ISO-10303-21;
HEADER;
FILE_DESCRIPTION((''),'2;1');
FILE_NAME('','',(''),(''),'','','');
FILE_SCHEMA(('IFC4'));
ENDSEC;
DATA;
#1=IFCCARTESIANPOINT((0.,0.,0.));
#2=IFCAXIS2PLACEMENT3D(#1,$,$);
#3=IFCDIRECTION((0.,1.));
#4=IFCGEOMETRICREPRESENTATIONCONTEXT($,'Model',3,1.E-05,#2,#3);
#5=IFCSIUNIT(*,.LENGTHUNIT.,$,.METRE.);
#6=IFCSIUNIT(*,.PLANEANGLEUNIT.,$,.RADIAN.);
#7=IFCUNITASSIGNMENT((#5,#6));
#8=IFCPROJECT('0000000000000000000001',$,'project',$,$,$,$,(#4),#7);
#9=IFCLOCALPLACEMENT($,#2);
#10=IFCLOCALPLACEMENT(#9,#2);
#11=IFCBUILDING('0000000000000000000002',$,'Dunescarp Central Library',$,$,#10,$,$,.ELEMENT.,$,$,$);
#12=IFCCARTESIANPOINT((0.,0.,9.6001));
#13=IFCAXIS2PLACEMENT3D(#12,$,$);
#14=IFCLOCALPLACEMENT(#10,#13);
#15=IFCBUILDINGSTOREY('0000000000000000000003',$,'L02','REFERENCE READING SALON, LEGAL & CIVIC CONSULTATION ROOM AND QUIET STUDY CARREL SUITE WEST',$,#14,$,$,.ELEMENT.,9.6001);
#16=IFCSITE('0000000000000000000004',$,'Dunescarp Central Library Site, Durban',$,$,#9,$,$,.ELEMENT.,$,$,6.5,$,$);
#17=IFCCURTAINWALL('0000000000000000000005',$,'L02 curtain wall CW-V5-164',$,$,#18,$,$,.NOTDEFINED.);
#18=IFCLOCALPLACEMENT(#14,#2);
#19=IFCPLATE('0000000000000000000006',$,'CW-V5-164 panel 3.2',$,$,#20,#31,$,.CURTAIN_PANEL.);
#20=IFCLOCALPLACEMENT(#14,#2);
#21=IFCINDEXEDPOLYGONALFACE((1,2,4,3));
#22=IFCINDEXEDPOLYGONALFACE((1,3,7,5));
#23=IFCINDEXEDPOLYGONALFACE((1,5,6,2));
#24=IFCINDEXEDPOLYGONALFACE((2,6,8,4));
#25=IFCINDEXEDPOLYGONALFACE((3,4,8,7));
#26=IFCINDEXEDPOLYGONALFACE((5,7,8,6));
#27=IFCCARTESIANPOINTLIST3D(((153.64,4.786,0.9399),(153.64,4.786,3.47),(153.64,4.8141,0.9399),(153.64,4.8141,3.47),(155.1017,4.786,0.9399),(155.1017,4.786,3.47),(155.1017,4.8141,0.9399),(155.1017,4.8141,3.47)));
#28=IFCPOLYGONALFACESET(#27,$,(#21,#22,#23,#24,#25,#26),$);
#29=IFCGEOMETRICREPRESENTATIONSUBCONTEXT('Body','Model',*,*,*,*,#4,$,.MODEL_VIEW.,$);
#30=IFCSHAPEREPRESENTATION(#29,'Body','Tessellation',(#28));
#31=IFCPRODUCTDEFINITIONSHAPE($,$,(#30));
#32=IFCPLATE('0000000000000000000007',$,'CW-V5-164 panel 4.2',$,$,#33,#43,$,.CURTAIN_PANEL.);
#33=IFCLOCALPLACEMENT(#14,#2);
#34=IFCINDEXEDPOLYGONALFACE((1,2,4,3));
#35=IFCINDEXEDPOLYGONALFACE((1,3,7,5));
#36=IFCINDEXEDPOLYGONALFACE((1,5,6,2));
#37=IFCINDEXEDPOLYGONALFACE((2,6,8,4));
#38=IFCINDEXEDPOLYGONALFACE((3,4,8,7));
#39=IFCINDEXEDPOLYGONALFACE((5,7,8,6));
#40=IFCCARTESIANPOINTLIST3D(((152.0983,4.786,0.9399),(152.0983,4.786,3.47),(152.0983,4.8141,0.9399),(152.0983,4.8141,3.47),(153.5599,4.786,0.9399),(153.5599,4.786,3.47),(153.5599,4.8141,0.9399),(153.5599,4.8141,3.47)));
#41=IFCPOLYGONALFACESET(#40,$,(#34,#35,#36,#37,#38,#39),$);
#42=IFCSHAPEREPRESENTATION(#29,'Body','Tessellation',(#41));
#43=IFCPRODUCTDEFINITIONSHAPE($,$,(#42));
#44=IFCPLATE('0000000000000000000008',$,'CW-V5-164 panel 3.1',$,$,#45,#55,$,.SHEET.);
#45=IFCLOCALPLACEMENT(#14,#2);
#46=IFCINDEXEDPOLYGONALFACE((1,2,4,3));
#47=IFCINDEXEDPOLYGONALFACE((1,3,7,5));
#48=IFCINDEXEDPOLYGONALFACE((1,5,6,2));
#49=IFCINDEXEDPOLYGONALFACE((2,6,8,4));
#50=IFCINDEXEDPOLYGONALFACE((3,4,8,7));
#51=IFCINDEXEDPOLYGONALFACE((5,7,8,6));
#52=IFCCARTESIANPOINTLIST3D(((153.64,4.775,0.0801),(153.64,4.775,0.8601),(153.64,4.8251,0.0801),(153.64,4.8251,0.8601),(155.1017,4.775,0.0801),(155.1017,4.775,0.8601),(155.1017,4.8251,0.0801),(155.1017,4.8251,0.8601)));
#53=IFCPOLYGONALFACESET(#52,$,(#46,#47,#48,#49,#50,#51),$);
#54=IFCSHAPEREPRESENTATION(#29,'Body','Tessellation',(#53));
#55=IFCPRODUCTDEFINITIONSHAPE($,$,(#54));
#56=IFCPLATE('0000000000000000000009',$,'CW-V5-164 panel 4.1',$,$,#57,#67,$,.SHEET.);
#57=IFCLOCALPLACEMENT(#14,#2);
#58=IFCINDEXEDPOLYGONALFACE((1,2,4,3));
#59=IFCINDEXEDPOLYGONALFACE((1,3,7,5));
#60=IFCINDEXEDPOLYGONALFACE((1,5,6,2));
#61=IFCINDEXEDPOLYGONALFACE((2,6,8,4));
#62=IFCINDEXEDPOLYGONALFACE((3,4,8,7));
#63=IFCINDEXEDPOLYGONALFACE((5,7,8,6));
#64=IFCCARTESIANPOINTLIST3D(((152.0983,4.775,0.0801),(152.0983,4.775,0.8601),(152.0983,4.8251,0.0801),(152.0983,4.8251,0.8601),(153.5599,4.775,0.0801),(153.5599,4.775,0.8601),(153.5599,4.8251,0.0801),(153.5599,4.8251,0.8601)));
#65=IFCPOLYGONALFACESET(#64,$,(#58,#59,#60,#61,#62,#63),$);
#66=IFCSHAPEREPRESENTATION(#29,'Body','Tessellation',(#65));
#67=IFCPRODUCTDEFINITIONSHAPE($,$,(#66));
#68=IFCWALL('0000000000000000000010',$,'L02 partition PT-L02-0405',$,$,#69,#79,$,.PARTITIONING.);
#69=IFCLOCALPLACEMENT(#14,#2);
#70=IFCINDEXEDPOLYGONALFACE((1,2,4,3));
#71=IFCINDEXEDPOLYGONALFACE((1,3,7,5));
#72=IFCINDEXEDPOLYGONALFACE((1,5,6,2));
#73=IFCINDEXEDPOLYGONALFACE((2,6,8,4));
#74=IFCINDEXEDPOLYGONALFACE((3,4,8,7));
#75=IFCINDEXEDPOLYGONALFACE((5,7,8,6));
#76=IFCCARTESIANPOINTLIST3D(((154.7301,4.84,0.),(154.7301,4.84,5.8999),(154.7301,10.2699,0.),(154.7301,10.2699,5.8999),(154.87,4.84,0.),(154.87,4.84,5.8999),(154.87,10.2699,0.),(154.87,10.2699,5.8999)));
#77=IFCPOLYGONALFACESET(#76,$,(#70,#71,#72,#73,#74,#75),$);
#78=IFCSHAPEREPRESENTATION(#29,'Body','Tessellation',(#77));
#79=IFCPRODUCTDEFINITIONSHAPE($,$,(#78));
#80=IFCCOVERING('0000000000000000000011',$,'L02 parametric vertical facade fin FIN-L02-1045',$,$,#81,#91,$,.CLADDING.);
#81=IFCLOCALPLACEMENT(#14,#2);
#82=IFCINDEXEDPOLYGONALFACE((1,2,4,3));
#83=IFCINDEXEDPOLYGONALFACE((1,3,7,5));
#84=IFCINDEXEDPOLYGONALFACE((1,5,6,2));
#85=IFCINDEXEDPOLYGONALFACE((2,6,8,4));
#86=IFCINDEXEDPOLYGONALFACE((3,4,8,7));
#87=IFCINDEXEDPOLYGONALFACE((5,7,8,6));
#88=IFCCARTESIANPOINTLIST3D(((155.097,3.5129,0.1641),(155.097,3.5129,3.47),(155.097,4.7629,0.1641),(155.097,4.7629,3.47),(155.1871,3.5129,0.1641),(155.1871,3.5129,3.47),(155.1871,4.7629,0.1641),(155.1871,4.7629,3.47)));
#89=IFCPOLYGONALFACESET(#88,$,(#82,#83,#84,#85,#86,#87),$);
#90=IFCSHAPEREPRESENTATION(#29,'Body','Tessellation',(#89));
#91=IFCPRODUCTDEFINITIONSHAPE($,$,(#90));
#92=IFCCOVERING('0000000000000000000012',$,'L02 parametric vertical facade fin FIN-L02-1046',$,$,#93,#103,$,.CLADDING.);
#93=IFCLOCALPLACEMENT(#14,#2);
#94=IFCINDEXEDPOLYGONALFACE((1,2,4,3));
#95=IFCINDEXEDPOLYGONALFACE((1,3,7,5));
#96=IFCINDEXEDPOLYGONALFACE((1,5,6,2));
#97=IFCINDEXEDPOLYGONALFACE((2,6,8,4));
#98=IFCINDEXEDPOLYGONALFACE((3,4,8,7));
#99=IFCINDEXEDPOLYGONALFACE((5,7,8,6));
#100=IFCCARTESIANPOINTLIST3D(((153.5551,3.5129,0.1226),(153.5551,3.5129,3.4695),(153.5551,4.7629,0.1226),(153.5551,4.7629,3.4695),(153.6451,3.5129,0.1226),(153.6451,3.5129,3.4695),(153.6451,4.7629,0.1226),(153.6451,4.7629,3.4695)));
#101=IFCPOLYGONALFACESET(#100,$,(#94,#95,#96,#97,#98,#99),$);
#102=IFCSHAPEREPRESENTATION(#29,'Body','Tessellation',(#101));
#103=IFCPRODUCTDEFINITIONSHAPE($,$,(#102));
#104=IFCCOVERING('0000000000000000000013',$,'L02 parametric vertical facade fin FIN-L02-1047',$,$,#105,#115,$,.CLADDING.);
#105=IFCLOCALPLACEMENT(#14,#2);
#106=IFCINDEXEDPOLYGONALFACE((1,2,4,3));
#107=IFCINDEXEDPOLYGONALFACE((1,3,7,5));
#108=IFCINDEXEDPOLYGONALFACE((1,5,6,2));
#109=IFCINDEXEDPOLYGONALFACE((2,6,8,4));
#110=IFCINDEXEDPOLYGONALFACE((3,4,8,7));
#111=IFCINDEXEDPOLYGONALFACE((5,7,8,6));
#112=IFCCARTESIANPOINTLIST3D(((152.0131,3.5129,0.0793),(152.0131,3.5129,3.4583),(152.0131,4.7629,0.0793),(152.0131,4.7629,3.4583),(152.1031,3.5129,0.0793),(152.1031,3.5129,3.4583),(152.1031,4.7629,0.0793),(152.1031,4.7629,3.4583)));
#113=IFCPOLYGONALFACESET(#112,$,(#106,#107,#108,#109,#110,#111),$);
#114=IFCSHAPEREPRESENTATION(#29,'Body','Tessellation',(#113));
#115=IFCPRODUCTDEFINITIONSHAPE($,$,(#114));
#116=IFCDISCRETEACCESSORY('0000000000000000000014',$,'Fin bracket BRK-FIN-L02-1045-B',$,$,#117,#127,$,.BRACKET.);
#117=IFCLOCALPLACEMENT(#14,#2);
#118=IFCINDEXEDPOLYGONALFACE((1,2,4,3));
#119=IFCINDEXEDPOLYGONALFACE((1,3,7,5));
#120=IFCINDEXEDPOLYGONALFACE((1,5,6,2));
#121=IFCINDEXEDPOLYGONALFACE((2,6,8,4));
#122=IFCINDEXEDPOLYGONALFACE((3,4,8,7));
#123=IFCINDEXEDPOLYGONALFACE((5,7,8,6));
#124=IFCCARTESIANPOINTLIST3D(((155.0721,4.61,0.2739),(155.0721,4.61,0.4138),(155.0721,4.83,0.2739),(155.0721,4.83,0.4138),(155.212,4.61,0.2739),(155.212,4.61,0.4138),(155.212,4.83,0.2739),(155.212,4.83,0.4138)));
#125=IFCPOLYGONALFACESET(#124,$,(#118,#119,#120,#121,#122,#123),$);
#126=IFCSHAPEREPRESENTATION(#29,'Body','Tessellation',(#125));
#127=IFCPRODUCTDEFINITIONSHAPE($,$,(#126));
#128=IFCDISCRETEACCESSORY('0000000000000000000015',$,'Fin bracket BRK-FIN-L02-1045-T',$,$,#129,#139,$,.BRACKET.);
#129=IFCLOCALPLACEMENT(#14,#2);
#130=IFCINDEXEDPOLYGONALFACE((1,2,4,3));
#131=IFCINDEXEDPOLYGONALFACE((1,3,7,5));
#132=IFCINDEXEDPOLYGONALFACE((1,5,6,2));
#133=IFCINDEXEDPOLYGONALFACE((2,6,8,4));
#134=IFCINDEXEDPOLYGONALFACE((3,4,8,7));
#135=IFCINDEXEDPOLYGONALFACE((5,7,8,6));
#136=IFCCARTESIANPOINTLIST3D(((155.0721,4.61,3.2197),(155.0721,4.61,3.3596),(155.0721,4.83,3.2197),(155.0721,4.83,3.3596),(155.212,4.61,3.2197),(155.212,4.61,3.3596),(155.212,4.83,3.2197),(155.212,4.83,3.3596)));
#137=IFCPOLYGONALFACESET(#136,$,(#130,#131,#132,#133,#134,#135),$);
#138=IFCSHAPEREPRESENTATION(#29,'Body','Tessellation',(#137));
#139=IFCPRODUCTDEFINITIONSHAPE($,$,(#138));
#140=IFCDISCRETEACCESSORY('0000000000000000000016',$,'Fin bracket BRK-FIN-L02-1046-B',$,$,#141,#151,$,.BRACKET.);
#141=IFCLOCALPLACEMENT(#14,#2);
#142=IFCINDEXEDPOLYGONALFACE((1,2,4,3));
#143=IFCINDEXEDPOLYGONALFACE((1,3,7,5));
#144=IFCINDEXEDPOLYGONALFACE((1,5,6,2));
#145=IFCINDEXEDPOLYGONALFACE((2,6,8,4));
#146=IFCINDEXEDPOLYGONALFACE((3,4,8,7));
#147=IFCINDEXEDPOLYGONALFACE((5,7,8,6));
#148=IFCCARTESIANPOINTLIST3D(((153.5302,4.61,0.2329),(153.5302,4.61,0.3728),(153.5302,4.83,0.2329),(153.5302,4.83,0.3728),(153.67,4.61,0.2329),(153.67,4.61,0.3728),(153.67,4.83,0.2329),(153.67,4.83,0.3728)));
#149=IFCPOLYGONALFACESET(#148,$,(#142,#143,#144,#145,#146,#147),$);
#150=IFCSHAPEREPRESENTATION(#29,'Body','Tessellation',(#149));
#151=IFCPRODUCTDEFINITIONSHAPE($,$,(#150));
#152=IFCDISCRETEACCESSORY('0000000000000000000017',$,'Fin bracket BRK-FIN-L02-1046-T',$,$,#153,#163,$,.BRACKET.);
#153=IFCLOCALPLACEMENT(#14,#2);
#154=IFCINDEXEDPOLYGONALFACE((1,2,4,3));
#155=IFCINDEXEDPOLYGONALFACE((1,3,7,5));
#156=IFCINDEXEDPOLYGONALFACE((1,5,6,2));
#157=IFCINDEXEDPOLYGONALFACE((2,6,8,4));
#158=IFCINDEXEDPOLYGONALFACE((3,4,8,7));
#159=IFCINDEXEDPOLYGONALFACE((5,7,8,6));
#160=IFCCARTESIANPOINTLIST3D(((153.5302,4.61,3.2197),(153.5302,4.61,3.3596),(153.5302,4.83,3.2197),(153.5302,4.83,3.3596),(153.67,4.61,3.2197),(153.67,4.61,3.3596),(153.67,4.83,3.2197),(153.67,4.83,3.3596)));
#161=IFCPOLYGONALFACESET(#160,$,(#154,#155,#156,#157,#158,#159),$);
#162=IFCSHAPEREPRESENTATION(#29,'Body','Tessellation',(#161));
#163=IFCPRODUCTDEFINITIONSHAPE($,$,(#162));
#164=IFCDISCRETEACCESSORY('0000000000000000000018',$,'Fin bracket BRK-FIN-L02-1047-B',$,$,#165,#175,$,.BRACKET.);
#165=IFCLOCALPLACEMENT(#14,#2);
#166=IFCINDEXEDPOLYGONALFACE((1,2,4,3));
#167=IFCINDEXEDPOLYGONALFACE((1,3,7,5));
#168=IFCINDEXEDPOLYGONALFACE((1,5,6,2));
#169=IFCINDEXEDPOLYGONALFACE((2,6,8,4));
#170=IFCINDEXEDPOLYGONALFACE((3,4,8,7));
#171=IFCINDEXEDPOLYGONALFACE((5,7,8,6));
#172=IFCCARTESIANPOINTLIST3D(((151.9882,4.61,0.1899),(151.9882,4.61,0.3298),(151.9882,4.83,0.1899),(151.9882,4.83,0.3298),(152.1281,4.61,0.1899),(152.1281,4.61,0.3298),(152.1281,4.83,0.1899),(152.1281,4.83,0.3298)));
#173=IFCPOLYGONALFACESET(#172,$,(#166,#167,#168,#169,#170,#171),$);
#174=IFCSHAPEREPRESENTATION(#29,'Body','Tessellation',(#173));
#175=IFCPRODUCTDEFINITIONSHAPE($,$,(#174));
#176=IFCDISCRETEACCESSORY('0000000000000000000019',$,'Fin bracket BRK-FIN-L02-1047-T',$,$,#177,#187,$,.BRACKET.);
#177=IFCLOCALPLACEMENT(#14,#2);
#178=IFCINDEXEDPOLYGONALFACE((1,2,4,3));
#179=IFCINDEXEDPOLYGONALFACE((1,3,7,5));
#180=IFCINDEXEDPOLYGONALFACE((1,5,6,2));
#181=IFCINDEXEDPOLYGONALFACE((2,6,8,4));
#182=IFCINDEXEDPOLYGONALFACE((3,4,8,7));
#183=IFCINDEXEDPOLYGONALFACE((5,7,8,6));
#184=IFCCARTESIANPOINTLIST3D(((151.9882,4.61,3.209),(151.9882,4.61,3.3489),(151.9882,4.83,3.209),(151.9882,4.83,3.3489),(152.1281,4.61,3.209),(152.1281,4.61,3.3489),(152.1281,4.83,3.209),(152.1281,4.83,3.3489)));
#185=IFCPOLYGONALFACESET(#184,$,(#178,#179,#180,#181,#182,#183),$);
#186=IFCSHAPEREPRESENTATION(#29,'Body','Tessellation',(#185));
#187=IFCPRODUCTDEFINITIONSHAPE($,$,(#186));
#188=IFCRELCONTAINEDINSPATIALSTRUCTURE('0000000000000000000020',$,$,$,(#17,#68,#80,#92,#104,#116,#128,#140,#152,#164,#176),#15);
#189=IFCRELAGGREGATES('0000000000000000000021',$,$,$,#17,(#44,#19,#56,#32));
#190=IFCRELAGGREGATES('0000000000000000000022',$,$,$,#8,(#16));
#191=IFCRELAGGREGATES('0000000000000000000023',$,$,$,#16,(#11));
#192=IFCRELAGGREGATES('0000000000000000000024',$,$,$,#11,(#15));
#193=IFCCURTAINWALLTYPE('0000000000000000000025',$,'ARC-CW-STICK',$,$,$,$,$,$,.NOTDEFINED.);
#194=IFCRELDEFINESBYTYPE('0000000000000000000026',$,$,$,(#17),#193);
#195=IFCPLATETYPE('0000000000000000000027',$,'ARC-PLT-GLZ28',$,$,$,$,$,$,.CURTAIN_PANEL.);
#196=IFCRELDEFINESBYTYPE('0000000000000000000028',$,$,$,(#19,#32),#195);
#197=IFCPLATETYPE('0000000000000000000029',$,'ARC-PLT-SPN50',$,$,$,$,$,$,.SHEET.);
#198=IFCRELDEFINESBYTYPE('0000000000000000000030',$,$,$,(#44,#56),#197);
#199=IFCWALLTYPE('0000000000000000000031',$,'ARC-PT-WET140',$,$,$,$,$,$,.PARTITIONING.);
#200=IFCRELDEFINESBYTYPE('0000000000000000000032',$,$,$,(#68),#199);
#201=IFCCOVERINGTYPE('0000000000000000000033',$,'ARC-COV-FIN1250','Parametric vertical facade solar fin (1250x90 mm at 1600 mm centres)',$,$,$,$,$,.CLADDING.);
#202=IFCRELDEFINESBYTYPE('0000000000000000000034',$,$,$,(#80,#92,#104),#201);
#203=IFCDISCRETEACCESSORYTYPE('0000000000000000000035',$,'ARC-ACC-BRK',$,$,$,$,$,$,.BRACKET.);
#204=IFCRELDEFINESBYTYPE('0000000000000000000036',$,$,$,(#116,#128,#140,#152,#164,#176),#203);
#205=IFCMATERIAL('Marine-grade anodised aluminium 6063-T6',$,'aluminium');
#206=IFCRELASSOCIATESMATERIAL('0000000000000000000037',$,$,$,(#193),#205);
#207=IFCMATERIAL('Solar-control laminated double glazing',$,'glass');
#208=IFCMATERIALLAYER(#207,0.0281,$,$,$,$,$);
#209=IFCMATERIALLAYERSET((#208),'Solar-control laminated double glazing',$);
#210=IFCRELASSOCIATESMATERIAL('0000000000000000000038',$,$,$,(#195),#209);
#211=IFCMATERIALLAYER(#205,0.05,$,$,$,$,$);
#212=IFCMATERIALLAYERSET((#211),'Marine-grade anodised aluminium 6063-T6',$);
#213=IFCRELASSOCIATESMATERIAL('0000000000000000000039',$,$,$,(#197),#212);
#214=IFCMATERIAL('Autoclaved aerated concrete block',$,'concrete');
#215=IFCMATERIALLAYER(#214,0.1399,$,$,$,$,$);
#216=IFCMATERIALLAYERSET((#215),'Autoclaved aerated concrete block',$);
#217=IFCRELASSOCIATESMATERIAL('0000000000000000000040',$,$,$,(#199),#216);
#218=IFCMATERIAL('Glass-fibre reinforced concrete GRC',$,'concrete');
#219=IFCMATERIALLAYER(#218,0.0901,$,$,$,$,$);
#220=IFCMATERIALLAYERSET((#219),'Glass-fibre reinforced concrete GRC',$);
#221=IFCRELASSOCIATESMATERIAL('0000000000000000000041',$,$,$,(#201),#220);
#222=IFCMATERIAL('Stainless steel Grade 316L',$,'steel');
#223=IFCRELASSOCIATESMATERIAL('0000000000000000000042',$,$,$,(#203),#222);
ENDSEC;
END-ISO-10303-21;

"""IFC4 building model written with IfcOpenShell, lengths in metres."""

from ifc_helpers import new_model, si_unit, direction, frame, frame_2d, origin, origin_2d, place, context, subcontext, project, spatial, rectangle, extrude, material, layer, layer_set, type_object, element, aggregate, save


model = new_model("IFC4")

# Units and contexts
model_context = context("Model", 3, precision=1e-05, world=origin(), true_north=direction((0.0, 1.0)))
body_context = subcontext(model_context, "Body", "Model", "MODEL_VIEW")
ifc_project = project(units=[si_unit("LENGTHUNIT", "METRE"), si_unit("PLANEANGLEUNIT", "RADIAN")], contexts=[model_context])

# Site, building, storey
site_placement = place(None, origin())
site = spatial("IfcSite", under=ifc_project, at=site_placement, Name="Dunescarp Central Library Site, Durban", CompositionType="ELEMENT", RefElevation=6.5)
building_placement = place(site_placement, origin())
building = spatial("IfcBuilding", under=site, at=building_placement, Name="Dunescarp Central Library", CompositionType="ELEMENT")
storey_placement = place(building_placement, frame((0.0, 0.0, 9.6001)))
storey = spatial("IfcBuildingStorey", under=building, at=storey_placement, Name="L02", Description="REFERENCE READING SALON, LEGAL & CIVIC CONSULTATION ROOM AND QUIET STUDY CARREL SUITE WEST", CompositionType="ELEMENT", Elevation=9.6001)

# Curtain wall
ifc_material_1 = material(Name="Marine-grade anodised aluminium 6063-T6", Category="aluminium")
curtain_wall_type = type_object("IfcCurtainWallType", Name="ARC-CW-STICK", PredefinedType="NOTDEFINED", material=ifc_material_1)
curtain_wall_placement = place(storey_placement, origin())
curtain_wall = element("IfcCurtainWall", 1, at=curtain_wall_placement, inside=storey, type_object=curtain_wall_type, Name="L02 curtain wall CW-V5-164", PredefinedType="NOTDEFINED")

# Plates
ifc_material_2 = material(Name="Solar-control laminated double glazing", Category="glass")
ifc_layer_1 = layer(ifc_material_2, 0.0281)
ifc_layer_set_1 = layer_set([ifc_layer_1], Name="Solar-control laminated double glazing")
plate_type_1 = type_object("IfcPlateType", Name="ARC-PLT-GLZ28", PredefinedType="CURTAIN_PANEL", material=ifc_layer_set_1)
plate_1_placement = place(storey_placement, frame((154.3708, 4.8, 0.9399), z_axis=(0.0, 0.0, 1.0), x_axis=(-1.0, 0.0, 0.0)))
plate_1 = element("IfcPlate", 2, at=plate_1_placement, type_object=plate_type_1, Name="CW-V5-164 panel 3.2", PredefinedType="CURTAIN_PANEL", context=body_context, shape_type="SweptSolid", body=[
    extrude(rectangle(XDim=1.4617, YDim=0.0281, at=origin_2d()), origin(), (0.0, 0.0, 1.0), 2.53),
])
plate_2_placement = place(storey_placement, frame((152.8291, 4.8, 0.9399), z_axis=(0.0, 0.0, 1.0), x_axis=(-1.0, 0.0, 0.0)))
plate_2 = element("IfcPlate", 3, at=plate_2_placement, type_object=plate_type_1, Name="CW-V5-164 panel 4.2", PredefinedType="CURTAIN_PANEL", context=body_context, shape_type="SweptSolid", body=[
    extrude(rectangle(XDim=1.4617, YDim=0.0281, at=origin_2d()), origin(), (0.0, 0.0, 1.0), 2.53),
])
ifc_layer_2 = layer(ifc_material_1, 0.05)
ifc_layer_set_2 = layer_set([ifc_layer_2], Name="Marine-grade anodised aluminium 6063-T6")
plate_type_2 = type_object("IfcPlateType", Name="ARC-PLT-SPN50", PredefinedType="SHEET", material=ifc_layer_set_2)
plate_3_placement = place(storey_placement, frame((154.3708, 4.8, 0.0801), z_axis=(0.0, 0.0, 1.0), x_axis=(-1.0, 0.0, 0.0)))
plate_3 = element("IfcPlate", 4, at=plate_3_placement, type_object=plate_type_2, Name="CW-V5-164 panel 3.1", PredefinedType="SHEET", context=body_context, shape_type="SweptSolid", body=[
    extrude(rectangle(XDim=1.4617, YDim=0.05, at=origin_2d()), origin(), (0.0, 0.0, 1.0), 0.78),
])
plate_4_placement = place(storey_placement, frame((152.8291, 4.8, 0.0801), z_axis=(0.0, 0.0, 1.0), x_axis=(-1.0, 0.0, 0.0)))
plate_4 = element("IfcPlate", 5, at=plate_4_placement, type_object=plate_type_2, Name="CW-V5-164 panel 4.1", PredefinedType="SHEET", context=body_context, shape_type="SweptSolid", body=[
    extrude(rectangle(XDim=1.4617, YDim=0.05, at=origin_2d()), origin(), (0.0, 0.0, 1.0), 0.78),
])
aggregate(curtain_wall, [plate_3, plate_1, plate_4, plate_2])

# Wall
ifc_material_3 = material(Name="Autoclaved aerated concrete block", Category="concrete")
ifc_layer_3 = layer(ifc_material_3, 0.1399)
ifc_layer_set_3 = layer_set([ifc_layer_3], Name="Autoclaved aerated concrete block")
wall_type = type_object("IfcWallType", Name="ARC-PT-WET140", PredefinedType="PARTITIONING", material=ifc_layer_set_3)
wall_placement = place(storey_placement, frame((154.8, 4.8401, 0.0), z_axis=(0.0, 0.0, 1.0), x_axis=(0.0, 1.0, 0.0)))
element("IfcWall", 6, at=wall_placement, inside=storey, type_object=wall_type, Name="L02 partition PT-L02-0405", PredefinedType="PARTITIONING", context=body_context, shape_type="SweptSolid", body=[
    extrude(rectangle(XDim=5.4299, YDim=0.1399, at=frame_2d((2.7148, 0.0))), origin(), (0.0, 0.0, 1.0), 5.8999),
])

# Coverings
ifc_material_4 = material(Name="Glass-fibre reinforced concrete GRC", Category="concrete")
ifc_layer_4 = layer(ifc_material_4, 0.0901)
ifc_layer_set_4 = layer_set([ifc_layer_4], Name="Glass-fibre reinforced concrete GRC")
covering_type = type_object("IfcCoveringType", Name="ARC-COV-FIN1250", Description="Parametric vertical facade solar fin (1250x90 mm at 1600 mm centres)", PredefinedType="CLADDING", material=ifc_layer_set_4)
covering_1_placement = place(storey_placement, frame((155.1421, 4.1379, 0.1641), z_axis=(0.0, 0.0, 1.0), x_axis=(0.0, -1.0, 0.0)))
element("IfcCovering", 7, at=covering_1_placement, inside=storey, type_object=covering_type, Name="L02 parametric vertical facade fin FIN-L02-1045", PredefinedType="CLADDING", context=body_context, shape_type="SweptSolid", body=[
    extrude(rectangle(XDim=1.25, YDim=0.0901, at=origin_2d()), origin(), (0.0, 0.0, 1.0), 3.3059),
])
covering_2_placement = place(storey_placement, frame((153.6001, 4.1379, 0.1226), z_axis=(0.0, 0.0, 1.0), x_axis=(0.0, -1.0, 0.0)))
element("IfcCovering", 8, at=covering_2_placement, inside=storey, type_object=covering_type, Name="L02 parametric vertical facade fin FIN-L02-1046", PredefinedType="CLADDING", context=body_context, shape_type="SweptSolid", body=[
    extrude(rectangle(XDim=1.25, YDim=0.0901, at=origin_2d()), origin(), (0.0, 0.0, 1.0), 3.3469),
])
covering_3_placement = place(storey_placement, frame((152.0581, 4.1379, 0.0793), z_axis=(0.0, 0.0, 1.0), x_axis=(0.0, -1.0, 0.0)))
element("IfcCovering", 9, at=covering_3_placement, inside=storey, type_object=covering_type, Name="L02 parametric vertical facade fin FIN-L02-1047", PredefinedType="CLADDING", context=body_context, shape_type="SweptSolid", body=[
    extrude(rectangle(XDim=1.25, YDim=0.0901, at=origin_2d()), origin(), (0.0, 0.0, 1.0), 3.3789),
])

# Discrete accessories
ifc_material_5 = material(Name="Stainless steel Grade 316L", Category="steel")
discrete_accessory_type = type_object("IfcDiscreteAccessoryType", Name="ARC-ACC-BRK", PredefinedType="BRACKET", material=ifc_material_5)
for number, where, z_axis, x_axis, name in (
    (10, (155.1421, 4.72, 0.2739), (0.0, 0.0, 1.0), (0.0, -1.0, 0.0), "Fin bracket BRK-FIN-L02-1045-B"),
    (11, (155.1421, 4.72, 3.2197), (0.0, 0.0, 1.0), (0.0, -1.0, 0.0), "Fin bracket BRK-FIN-L02-1045-T"),
    (12, (153.6001, 4.72, 0.2329), (0.0, 0.0, 1.0), (0.0, -1.0, 0.0), "Fin bracket BRK-FIN-L02-1046-B"),
    (13, (153.6001, 4.72, 3.2197), (0.0, 0.0, 1.0), (0.0, -1.0, 0.0), "Fin bracket BRK-FIN-L02-1046-T"),
    (14, (152.0581, 4.72, 0.1899), (0.0, 0.0, 1.0), (0.0, -1.0, 0.0), "Fin bracket BRK-FIN-L02-1047-B"),
    (15, (152.0581, 4.72, 3.209), (0.0, 0.0, 1.0), (0.0, -1.0, 0.0), "Fin bracket BRK-FIN-L02-1047-T"),
):
    element("IfcDiscreteAccessory", number, at=place(storey_placement, frame(where, z_axis=z_axis, x_axis=x_axis)), inside=storey, type_object=discrete_accessory_type, Name=name, PredefinedType="BRACKET", context=body_context, shape_type="SweptSolid", body=[
        extrude(rectangle(XDim=0.22, YDim=0.1399, at=origin_2d()), origin(), (0.0, 0.0, 1.0), 0.1399),
    ])

save(model, "model.ifc")
